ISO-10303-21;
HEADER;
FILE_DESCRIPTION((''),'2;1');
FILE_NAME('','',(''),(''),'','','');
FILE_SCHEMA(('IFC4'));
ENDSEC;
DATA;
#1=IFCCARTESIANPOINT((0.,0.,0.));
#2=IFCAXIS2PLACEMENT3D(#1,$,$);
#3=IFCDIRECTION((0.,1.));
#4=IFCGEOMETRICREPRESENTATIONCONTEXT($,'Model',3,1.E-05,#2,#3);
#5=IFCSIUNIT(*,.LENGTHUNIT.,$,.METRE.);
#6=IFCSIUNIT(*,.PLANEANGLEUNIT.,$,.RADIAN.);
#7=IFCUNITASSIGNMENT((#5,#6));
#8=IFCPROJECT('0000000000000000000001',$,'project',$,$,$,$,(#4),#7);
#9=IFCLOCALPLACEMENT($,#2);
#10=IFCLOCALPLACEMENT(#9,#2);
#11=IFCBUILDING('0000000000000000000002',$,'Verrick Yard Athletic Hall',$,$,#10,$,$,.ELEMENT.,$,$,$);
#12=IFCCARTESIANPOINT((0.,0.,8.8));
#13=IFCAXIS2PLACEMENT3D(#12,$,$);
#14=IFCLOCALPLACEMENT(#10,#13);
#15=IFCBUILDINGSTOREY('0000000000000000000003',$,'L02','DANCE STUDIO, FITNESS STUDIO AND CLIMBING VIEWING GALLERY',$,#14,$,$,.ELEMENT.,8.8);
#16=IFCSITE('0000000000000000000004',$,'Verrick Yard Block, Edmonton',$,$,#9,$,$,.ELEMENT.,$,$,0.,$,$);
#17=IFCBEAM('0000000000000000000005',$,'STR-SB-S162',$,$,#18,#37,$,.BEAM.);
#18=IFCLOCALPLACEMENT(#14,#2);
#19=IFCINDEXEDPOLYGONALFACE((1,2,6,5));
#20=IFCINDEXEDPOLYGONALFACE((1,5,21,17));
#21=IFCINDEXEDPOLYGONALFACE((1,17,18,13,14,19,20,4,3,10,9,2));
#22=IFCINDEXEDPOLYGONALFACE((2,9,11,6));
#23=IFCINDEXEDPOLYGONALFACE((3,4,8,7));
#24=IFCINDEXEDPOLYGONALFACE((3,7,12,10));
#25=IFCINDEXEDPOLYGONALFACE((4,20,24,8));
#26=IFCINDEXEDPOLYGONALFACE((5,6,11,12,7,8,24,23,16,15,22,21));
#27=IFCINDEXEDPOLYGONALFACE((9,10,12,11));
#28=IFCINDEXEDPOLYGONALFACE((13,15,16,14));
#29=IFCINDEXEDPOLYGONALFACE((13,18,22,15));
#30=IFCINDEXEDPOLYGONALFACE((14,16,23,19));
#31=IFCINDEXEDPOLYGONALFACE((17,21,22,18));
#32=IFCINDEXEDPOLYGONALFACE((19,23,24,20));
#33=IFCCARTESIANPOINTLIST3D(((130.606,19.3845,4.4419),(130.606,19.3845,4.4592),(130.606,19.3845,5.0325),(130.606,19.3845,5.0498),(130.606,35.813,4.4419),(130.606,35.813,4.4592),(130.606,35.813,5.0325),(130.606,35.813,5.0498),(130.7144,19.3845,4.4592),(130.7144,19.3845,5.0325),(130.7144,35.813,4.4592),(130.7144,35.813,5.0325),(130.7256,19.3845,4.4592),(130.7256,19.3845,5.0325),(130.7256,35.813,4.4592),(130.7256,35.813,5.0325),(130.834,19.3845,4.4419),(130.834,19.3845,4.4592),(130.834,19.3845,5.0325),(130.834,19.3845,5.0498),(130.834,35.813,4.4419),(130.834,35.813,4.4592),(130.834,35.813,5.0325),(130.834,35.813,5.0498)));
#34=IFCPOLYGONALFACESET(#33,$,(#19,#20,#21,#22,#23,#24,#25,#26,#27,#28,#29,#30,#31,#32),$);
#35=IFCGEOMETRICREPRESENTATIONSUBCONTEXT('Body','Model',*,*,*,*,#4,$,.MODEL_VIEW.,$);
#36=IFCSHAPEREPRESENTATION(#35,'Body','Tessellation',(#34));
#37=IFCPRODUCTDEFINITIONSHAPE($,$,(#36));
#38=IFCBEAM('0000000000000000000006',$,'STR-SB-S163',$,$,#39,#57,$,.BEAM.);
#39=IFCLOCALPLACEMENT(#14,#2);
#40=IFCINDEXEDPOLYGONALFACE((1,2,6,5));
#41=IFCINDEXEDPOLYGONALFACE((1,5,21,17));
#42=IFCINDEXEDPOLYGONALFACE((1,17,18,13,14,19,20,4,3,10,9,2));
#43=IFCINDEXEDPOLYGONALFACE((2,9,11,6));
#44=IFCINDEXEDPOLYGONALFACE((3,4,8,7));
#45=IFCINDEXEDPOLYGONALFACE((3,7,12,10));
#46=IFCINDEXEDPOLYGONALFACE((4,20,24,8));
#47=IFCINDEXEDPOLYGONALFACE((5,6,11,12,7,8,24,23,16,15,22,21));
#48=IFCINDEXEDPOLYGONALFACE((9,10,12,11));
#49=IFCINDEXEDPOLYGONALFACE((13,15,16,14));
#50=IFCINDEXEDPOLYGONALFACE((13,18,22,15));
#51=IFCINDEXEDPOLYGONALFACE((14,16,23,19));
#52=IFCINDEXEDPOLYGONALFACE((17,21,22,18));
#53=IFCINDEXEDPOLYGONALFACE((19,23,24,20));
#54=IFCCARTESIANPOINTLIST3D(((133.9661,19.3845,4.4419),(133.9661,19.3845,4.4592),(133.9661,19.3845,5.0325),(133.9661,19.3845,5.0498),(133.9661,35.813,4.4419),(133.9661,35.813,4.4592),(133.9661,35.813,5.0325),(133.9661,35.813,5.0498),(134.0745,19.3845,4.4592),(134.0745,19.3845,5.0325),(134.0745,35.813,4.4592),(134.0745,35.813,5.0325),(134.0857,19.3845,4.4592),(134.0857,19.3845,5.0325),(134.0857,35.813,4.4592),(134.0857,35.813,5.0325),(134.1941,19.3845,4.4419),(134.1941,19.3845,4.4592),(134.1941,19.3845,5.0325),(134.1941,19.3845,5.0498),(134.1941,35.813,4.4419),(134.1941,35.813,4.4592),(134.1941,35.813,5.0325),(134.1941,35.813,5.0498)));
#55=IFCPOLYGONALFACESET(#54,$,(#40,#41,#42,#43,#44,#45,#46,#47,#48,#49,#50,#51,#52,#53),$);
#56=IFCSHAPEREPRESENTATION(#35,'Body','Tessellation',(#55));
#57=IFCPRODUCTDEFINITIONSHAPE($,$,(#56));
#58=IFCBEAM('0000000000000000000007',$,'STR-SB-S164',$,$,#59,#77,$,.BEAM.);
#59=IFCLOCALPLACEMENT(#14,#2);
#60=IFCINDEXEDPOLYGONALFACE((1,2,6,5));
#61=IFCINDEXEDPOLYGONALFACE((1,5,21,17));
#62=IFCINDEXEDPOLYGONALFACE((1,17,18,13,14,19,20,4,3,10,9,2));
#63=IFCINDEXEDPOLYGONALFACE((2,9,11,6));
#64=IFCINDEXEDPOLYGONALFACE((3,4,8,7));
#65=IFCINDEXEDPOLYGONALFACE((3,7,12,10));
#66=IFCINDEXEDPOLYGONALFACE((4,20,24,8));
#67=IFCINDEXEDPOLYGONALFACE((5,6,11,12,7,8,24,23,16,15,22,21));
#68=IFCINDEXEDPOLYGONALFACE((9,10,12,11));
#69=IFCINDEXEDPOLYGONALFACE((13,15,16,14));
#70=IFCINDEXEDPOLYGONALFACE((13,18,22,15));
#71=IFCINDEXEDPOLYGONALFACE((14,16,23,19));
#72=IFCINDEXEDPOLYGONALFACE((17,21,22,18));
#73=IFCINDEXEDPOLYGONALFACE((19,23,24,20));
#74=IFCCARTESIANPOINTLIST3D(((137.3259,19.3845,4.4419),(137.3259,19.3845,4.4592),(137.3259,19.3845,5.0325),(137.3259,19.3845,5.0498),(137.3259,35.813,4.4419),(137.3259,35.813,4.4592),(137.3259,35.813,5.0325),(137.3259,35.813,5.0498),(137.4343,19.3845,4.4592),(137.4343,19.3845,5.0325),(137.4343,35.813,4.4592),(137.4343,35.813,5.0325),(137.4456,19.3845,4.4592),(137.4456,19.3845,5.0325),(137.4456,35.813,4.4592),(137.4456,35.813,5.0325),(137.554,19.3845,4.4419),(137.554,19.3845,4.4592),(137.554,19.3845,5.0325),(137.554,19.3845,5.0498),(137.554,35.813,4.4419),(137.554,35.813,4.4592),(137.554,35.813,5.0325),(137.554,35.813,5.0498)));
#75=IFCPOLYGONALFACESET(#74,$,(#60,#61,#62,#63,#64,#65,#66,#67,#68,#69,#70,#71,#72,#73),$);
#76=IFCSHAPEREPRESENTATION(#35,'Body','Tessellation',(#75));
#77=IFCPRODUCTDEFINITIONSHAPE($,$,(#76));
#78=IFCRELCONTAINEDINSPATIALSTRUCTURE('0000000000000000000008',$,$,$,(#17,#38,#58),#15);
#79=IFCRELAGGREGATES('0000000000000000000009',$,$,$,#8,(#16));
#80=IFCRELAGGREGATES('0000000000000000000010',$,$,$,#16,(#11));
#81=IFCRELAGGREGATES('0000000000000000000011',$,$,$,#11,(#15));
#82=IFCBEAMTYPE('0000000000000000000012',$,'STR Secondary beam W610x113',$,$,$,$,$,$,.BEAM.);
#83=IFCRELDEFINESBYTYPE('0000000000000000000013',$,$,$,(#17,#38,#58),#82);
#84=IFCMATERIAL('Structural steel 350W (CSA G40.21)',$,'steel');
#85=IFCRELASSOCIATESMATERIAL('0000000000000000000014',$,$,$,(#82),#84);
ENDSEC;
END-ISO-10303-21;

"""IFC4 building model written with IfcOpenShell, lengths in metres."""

from ifc_helpers import new_model, si_unit, direction, frame, origin, origin_2d, place, context, subcontext, project, spatial, i_section, extrude, material, material_profile, profile_set, type_object, element, save


model = new_model("IFC4")

# Units and contexts
model_context = context("Model", 3, precision=1e-05, world=origin(), true_north=direction((0.0, 1.0)))
body_context = subcontext(model_context, "Body", "Model", "MODEL_VIEW")
ifc_project = project(units=[si_unit("LENGTHUNIT", "METRE"), si_unit("PLANEANGLEUNIT", "RADIAN")], contexts=[model_context])

# Site, building, storey
site_placement = place(None, origin())
site = spatial("IfcSite", under=ifc_project, at=site_placement, Name="Verrick Yard Block, Edmonton", CompositionType="ELEMENT", RefElevation=0.0)
building_placement = place(site_placement, origin())
building = spatial("IfcBuilding", under=site, at=building_placement, Name="Verrick Yard Athletic Hall", CompositionType="ELEMENT")
storey_placement = place(building_placement, frame((0.0, 0.0, 8.8)))
storey = spatial("IfcBuildingStorey", under=building, at=storey_placement, Name="L02", Description="DANCE STUDIO, FITNESS STUDIO AND CLIMBING VIEWING GALLERY", CompositionType="ELEMENT", Elevation=8.8)

# Shared definitions
ifc_material_1 = material(Name="Structural steel 350W (CSA G40.21)", Category="steel")

# Beams
ifc_material_profile_1 = material_profile(ifc_material_1, i_section(OverallWidth=0.228, OverallDepth=0.6079, WebThickness=0.0112, FlangeThickness=0.0173, at=origin_2d()), Name="W610x113")
ifc_profile_set_1 = profile_set([ifc_material_profile_1], Name="Structural steel 350W (CSA G40.21)")
beam_type = type_object("IfcBeamType", Name="STR Secondary beam W610x113", PredefinedType="BEAM", material=ifc_profile_set_1)
for number, where, z_axis, x_axis, name in (
    (1, (130.72, 19.3845, 4.7458), (0.0, 1.0, 0.0), (-1.0, 0.0, 0.0), "STR-SB-S162"),
    (2, (134.0801, 19.3845, 4.7458), (0.0, 1.0, 0.0), (-1.0, 0.0, 0.0), "STR-SB-S163"),
    (3, (137.4399, 19.3845, 4.7458), (0.0, 1.0, 0.0), (-1.0, 0.0, 0.0), "STR-SB-S164"),
):
    element("IfcBeam", number, at=place(storey_placement, frame(where, z_axis=z_axis, x_axis=x_axis)), inside=storey, type_object=beam_type, Name=name, PredefinedType="BEAM", context=body_context, shape_type="SweptSolid", body=[
        extrude(i_section(OverallWidth=0.228, OverallDepth=0.6079, WebThickness=0.0112, FlangeThickness=0.0173, at=origin_2d()), origin(), (0.0, 0.0, 1.0), 16.4285),
    ])

save(model, "model.ifc")
